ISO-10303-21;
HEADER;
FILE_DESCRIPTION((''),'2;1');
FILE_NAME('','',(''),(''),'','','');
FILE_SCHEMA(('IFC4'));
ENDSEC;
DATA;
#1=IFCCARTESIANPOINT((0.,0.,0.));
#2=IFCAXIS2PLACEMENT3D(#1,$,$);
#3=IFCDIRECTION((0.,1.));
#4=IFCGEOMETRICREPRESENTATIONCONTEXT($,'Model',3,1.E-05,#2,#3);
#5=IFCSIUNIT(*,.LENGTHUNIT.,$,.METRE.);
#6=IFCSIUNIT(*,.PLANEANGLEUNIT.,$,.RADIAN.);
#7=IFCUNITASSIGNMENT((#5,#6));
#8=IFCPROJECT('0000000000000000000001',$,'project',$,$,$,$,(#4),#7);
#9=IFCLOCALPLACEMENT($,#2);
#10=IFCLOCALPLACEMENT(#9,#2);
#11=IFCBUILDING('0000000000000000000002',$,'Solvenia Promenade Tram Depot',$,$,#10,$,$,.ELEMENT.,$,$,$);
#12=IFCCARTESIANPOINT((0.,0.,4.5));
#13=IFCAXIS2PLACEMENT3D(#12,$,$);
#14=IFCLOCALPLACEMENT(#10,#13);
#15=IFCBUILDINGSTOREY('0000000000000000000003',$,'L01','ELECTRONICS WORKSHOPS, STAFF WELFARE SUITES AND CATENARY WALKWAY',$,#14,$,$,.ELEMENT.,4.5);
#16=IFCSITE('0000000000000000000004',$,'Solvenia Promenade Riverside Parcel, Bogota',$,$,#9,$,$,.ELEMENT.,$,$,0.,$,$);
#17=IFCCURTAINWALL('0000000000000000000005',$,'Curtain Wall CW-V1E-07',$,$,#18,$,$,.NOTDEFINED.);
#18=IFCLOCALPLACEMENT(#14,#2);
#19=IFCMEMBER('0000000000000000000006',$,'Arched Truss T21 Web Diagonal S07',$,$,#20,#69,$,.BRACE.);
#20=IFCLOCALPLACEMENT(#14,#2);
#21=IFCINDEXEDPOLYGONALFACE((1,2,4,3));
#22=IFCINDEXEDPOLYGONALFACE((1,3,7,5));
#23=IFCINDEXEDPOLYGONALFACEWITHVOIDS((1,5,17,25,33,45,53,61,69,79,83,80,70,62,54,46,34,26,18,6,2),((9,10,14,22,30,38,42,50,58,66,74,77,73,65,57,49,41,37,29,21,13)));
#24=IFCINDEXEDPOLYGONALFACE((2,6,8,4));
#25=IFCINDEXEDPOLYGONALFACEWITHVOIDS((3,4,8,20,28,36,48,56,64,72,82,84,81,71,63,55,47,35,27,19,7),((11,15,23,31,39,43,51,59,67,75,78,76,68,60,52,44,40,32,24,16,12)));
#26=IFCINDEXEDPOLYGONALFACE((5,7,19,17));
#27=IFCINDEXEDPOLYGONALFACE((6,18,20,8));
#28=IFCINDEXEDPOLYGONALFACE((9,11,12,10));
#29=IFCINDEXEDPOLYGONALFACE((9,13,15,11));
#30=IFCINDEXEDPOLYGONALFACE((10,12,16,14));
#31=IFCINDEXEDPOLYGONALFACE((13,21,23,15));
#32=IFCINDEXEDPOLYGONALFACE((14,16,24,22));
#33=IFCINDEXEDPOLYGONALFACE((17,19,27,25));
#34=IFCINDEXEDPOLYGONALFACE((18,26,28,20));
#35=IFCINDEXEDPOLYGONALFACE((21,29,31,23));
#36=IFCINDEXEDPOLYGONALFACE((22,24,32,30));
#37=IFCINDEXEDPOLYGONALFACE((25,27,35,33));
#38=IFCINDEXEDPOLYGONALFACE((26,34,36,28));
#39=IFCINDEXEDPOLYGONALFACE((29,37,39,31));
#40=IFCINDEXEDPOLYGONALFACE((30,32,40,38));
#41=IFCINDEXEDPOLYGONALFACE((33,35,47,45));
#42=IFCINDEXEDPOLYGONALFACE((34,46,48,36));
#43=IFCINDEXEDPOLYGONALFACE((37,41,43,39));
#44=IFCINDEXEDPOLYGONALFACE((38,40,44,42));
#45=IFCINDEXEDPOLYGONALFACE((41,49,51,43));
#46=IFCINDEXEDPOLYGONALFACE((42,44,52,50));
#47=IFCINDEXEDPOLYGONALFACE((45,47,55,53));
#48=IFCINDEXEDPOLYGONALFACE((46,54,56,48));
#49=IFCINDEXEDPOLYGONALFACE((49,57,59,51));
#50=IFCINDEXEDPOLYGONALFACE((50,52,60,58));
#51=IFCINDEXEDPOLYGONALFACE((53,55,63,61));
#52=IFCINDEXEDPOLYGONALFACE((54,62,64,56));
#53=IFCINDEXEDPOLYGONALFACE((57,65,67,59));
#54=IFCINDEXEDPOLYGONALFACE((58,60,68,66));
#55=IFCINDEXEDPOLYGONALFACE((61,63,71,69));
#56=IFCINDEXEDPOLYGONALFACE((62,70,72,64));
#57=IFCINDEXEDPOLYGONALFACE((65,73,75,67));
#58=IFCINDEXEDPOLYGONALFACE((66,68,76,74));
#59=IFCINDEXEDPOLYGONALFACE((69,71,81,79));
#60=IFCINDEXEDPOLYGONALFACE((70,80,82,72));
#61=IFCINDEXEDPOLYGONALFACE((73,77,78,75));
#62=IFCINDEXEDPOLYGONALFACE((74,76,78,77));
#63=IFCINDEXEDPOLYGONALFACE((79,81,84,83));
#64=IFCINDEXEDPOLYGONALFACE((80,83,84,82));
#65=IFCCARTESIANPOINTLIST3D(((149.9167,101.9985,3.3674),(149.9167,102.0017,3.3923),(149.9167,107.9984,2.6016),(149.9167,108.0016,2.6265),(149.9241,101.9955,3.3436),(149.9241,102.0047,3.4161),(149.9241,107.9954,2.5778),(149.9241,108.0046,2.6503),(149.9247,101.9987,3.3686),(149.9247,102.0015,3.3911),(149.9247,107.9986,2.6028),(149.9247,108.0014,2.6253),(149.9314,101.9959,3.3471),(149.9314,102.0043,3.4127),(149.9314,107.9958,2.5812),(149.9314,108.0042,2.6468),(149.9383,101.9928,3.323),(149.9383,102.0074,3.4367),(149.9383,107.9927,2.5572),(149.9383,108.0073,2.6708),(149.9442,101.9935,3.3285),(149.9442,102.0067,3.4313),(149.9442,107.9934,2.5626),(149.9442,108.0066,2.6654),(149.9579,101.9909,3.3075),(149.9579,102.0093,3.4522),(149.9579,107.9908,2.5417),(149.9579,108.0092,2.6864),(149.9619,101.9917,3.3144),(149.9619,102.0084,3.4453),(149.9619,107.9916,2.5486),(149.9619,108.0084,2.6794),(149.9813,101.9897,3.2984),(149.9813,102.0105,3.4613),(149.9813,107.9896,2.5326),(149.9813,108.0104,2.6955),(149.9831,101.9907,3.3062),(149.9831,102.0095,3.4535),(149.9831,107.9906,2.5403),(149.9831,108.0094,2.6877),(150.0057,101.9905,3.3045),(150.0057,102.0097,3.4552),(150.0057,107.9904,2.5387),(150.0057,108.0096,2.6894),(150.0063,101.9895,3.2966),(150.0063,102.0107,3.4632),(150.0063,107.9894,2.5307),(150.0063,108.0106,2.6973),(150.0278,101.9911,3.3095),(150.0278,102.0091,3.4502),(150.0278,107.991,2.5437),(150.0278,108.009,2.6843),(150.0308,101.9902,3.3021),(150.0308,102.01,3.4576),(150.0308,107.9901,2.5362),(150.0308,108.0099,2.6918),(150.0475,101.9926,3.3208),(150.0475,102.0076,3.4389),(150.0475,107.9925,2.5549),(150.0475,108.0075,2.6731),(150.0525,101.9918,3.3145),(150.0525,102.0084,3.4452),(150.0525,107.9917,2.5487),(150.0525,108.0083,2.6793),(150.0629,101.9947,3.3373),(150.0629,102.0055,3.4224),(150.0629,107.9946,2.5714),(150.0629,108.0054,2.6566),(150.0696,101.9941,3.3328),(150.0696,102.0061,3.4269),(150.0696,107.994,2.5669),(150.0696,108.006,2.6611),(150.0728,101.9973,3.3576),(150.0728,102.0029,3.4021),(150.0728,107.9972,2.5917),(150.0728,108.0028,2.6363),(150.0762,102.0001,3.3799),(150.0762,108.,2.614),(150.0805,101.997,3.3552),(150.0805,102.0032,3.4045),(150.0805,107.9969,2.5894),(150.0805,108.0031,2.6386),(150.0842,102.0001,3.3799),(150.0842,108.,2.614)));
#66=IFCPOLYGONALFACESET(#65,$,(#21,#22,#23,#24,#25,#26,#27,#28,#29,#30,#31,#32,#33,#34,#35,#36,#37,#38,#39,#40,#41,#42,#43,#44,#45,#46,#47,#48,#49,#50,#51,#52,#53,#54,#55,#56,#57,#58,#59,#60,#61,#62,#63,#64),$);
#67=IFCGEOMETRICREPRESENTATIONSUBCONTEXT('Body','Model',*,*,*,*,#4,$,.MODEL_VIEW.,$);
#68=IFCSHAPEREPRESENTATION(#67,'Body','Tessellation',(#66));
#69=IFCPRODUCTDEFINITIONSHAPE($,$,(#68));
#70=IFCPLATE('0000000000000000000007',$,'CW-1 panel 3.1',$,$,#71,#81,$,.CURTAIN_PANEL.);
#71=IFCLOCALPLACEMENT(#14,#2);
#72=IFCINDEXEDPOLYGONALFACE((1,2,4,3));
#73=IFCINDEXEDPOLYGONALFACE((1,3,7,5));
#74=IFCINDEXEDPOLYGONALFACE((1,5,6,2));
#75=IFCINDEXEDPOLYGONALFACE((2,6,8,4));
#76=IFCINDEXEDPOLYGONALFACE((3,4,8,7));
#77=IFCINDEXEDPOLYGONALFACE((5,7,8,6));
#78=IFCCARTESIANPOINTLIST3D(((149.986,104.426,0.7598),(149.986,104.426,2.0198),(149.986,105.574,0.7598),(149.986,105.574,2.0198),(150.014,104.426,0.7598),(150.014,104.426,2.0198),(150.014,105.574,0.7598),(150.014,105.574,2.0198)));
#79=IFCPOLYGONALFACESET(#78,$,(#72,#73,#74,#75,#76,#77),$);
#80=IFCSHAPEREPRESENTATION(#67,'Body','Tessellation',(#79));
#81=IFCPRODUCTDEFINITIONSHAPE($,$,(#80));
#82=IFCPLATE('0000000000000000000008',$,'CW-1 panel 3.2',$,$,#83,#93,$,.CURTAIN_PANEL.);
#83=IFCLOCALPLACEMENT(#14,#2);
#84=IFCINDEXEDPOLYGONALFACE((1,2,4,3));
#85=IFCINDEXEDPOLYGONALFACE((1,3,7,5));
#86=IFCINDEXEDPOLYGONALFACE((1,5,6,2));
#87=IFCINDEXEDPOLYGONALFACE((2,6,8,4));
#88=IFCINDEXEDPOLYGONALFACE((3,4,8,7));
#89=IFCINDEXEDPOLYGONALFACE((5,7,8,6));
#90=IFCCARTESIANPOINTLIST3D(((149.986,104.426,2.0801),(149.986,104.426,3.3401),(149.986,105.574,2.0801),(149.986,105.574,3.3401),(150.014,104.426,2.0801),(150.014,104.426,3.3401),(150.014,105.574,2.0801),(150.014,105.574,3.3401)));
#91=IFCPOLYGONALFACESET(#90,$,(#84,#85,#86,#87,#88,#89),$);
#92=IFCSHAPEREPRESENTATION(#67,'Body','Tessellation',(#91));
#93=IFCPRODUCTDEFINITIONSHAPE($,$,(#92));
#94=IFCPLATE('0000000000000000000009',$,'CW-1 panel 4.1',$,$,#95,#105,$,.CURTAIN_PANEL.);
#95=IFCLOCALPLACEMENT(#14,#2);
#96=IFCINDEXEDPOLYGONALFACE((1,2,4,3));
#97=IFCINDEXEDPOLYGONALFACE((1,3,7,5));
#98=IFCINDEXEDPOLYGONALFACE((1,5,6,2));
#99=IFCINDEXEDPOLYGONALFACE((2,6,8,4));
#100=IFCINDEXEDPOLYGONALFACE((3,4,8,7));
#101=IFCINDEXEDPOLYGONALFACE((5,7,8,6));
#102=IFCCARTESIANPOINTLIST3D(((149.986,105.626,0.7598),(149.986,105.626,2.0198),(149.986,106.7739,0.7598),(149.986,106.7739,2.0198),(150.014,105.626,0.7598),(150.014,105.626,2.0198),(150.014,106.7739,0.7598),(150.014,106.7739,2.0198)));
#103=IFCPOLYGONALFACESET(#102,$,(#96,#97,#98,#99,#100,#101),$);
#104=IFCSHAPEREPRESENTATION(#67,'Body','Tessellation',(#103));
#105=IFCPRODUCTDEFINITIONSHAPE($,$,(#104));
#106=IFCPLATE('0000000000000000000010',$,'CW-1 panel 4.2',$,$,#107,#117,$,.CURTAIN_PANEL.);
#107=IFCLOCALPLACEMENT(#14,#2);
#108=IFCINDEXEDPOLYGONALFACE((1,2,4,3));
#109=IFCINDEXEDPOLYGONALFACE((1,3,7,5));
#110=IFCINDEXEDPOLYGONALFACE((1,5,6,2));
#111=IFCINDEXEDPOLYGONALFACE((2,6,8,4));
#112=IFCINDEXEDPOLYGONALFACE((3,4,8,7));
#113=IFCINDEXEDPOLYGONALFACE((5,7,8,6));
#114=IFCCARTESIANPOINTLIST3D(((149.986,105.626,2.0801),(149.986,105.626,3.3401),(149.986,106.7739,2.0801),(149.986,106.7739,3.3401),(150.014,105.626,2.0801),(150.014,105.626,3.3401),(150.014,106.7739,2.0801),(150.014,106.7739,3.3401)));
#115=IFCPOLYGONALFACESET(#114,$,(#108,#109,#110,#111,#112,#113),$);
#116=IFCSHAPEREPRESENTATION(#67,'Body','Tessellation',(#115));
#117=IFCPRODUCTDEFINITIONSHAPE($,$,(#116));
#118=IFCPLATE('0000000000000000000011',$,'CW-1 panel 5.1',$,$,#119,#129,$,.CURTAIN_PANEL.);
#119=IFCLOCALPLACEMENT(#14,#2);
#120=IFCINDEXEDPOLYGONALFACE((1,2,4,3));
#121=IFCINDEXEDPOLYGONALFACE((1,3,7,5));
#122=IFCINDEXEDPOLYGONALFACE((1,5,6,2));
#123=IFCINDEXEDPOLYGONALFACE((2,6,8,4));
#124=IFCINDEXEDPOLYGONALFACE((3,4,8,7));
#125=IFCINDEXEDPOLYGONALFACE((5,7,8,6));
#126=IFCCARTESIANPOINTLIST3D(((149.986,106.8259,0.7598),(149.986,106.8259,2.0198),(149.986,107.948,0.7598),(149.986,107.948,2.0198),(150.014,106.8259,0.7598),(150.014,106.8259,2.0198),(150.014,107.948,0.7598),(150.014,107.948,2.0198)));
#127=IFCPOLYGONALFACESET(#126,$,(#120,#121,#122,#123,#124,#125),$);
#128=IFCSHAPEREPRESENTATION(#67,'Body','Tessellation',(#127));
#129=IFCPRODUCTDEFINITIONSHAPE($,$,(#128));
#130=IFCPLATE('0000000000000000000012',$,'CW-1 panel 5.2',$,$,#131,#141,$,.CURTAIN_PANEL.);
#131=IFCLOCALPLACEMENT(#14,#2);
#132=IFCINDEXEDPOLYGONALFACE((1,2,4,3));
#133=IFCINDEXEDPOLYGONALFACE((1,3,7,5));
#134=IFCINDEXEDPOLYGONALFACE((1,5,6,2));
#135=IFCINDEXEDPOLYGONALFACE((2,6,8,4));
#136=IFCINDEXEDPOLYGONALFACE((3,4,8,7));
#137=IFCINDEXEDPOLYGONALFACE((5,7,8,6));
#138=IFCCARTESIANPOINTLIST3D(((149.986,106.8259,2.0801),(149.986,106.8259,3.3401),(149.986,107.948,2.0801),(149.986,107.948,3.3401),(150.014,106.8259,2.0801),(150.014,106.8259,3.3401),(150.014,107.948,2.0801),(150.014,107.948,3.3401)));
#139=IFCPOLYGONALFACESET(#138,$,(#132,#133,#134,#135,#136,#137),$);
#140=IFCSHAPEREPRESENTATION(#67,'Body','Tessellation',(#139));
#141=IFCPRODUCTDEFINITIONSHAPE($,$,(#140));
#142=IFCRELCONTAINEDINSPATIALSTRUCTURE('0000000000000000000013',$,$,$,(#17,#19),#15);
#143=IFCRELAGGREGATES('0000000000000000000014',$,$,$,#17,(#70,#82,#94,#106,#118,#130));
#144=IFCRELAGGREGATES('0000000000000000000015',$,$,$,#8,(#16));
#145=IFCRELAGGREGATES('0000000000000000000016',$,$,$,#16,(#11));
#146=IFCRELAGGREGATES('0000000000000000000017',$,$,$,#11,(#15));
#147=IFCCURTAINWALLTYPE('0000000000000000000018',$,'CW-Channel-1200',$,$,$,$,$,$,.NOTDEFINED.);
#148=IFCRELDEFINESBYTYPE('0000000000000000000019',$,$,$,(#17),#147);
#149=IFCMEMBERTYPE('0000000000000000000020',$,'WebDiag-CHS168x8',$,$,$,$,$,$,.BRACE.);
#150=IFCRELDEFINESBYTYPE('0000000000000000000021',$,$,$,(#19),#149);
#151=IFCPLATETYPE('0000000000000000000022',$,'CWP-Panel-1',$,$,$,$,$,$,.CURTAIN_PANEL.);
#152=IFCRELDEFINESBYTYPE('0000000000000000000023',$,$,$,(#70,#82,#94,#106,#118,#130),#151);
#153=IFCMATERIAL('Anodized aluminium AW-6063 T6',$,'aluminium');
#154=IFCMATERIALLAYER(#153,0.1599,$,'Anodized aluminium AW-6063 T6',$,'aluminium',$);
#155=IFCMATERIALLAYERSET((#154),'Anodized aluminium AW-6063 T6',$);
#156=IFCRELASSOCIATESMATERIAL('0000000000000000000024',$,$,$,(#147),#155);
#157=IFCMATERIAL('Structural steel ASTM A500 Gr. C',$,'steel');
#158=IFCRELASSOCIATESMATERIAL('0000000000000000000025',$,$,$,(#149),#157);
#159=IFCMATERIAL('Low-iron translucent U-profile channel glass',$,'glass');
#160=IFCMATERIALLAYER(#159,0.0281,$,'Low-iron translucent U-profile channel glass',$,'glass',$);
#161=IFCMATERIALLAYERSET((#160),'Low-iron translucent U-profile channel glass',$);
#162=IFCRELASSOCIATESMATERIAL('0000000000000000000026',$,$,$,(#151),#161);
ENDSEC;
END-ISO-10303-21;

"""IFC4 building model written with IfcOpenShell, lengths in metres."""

from ifc_helpers import new_model, si_unit, direction, frame, origin, origin_2d, place, context, subcontext, project, spatial, rectangle, hollow_circle, extrude, material, layer, layer_set, material_profile, profile_set, type_object, element, aggregate, save


model = new_model("IFC4")

# Units and contexts
model_context = context("Model", 3, precision=1e-05, world=origin(), true_north=direction((0.0, 1.0)))
body_context = subcontext(model_context, "Body", "Model", "MODEL_VIEW")
ifc_project = project(units=[si_unit("LENGTHUNIT", "METRE"), si_unit("PLANEANGLEUNIT", "RADIAN")], contexts=[model_context])

# Site, building, storey
site_placement = place(None, origin())
site = spatial("IfcSite", under=ifc_project, at=site_placement, Name="Solvenia Promenade Riverside Parcel, Bogota", CompositionType="ELEMENT", RefElevation=0.0)
building_placement = place(site_placement, origin())
building = spatial("IfcBuilding", under=site, at=building_placement, Name="Solvenia Promenade Tram Depot", CompositionType="ELEMENT")
storey_placement = place(building_placement, frame((0.0, 0.0, 4.5)))
storey = spatial("IfcBuildingStorey", under=building, at=storey_placement, Name="L01", Description="ELECTRONICS WORKSHOPS, STAFF WELFARE SUITES AND CATENARY WALKWAY", CompositionType="ELEMENT", Elevation=4.5)

# Curtain wall
ifc_material_1 = material(Name="Anodized aluminium AW-6063 T6", Category="aluminium")
ifc_layer_1 = layer(ifc_material_1, 0.1599, Name="Anodized aluminium AW-6063 T6", Category="aluminium")
ifc_layer_set_1 = layer_set([ifc_layer_1], Name="Anodized aluminium AW-6063 T6")
curtain_wall_type = type_object("IfcCurtainWallType", Name="CW-Channel-1200", PredefinedType="NOTDEFINED", material=ifc_layer_set_1)
curtain_wall_1_placement = place(storey_placement, origin())
curtain_wall_1 = element("IfcCurtainWall", 1, at=curtain_wall_1_placement, inside=storey, type_object=curtain_wall_type, Name="Curtain Wall CW-V1E-07", PredefinedType="NOTDEFINED")

# Member
ifc_material_2 = material(Name="Structural steel ASTM A500 Gr. C", Category="steel")
ifc_material_profile_1 = material_profile(ifc_material_2, hollow_circle(Radius=0.0842, WallThickness=0.0081, at=origin_2d()), Name="CHS168.3x8", Category="steel")
ifc_profile_set_1 = profile_set([ifc_material_profile_1], Name="Structural steel ASTM A500 Gr. C")
member_type_1 = type_object("IfcMemberType", Name="WebDiag-CHS168x8", PredefinedType="BRACE", material=ifc_profile_set_1)
member_1_placement = place(storey_placement, frame((150.0, 108.0, 2.614), z_axis=(0.0, -0.991952, 0.126618), x_axis=(1.0, 0.0, 0.0)))
element("IfcMember", 2, at=member_1_placement, inside=storey, type_object=member_type_1, Name="Arched Truss T21 Web Diagonal S07", PredefinedType="BRACE", context=body_context, shape_type="SweptSolid", body=[
    extrude(hollow_circle(Radius=0.0842, WallThickness=0.0081, at=origin_2d()), origin(), (0.0, 0.0, 1.0), 6.0486),
])

# Plates
ifc_material_3 = material(Name="Low-iron translucent U-profile channel glass", Category="glass")
ifc_layer_2 = layer(ifc_material_3, 0.0281, Name="Low-iron translucent U-profile channel glass", Category="glass")
ifc_layer_set_2 = layer_set([ifc_layer_2], Name="Low-iron translucent U-profile channel glass")
plate_type = type_object("IfcPlateType", Name="CWP-Panel-1", PredefinedType="CURTAIN_PANEL", material=ifc_layer_set_2)
plate_1_placement = place(storey_placement, frame((150.0, 105.0, 0.7598), z_axis=(0.0, 0.0, 1.0), x_axis=(0.0, 1.0, 0.0)))
plate_1 = element("IfcPlate", 3, at=plate_1_placement, type_object=plate_type, Name="CW-1 panel 3.1", PredefinedType="CURTAIN_PANEL", context=body_context, shape_type="SweptSolid", body=[
    extrude(rectangle(XDim=1.1479, YDim=0.0281, at=origin_2d()), origin(), (0.0, 0.0, 1.0), 1.26),
])
plate_2_placement = place(storey_placement, frame((150.0, 105.0, 2.0801), z_axis=(0.0, 0.0, 1.0), x_axis=(0.0, 1.0, 0.0)))
plate_2 = element("IfcPlate", 4, at=plate_2_placement, type_object=plate_type, Name="CW-1 panel 3.2", PredefinedType="CURTAIN_PANEL", context=body_context, shape_type="SweptSolid", body=[
    extrude(rectangle(XDim=1.1479, YDim=0.0281, at=origin_2d()), origin(), (0.0, 0.0, 1.0), 1.26),
])
plate_3_placement = place(storey_placement, frame((150.0, 106.2, 0.7598), z_axis=(0.0, 0.0, 1.0), x_axis=(0.0, 1.0, 0.0)))
plate_3 = element("IfcPlate", 5, at=plate_3_placement, type_object=plate_type, Name="CW-1 panel 4.1", PredefinedType="CURTAIN_PANEL", context=body_context, shape_type="SweptSolid", body=[
    extrude(rectangle(XDim=1.1479, YDim=0.0281, at=origin_2d()), origin(), (0.0, 0.0, 1.0), 1.26),
])
plate_4_placement = place(storey_placement, frame((150.0, 106.2, 2.0801), z_axis=(0.0, 0.0, 1.0), x_axis=(0.0, 1.0, 0.0)))
plate_4 = element("IfcPlate", 6, at=plate_4_placement, type_object=plate_type, Name="CW-1 panel 4.2", PredefinedType="CURTAIN_PANEL", context=body_context, shape_type="SweptSolid", body=[
    extrude(rectangle(XDim=1.1479, YDim=0.0281, at=origin_2d()), origin(), (0.0, 0.0, 1.0), 1.26),
])
plate_5_placement = place(storey_placement, frame((150.0, 107.387, 0.7598), z_axis=(0.0, 0.0, 1.0), x_axis=(0.0, 1.0, 0.0)))
plate_5 = element("IfcPlate", 7, at=plate_5_placement, type_object=plate_type, Name="CW-1 panel 5.1", PredefinedType="CURTAIN_PANEL", context=body_context, shape_type="SweptSolid", body=[
    extrude(rectangle(XDim=1.1221, YDim=0.0281, at=origin_2d()), origin(), (0.0, 0.0, 1.0), 1.26),
])
plate_6_placement = place(storey_placement, frame((150.0, 107.387, 2.0801), z_axis=(0.0, 0.0, 1.0), x_axis=(0.0, 1.0, 0.0)))
plate_6 = element("IfcPlate", 8, at=plate_6_placement, type_object=plate_type, Name="CW-1 panel 5.2", PredefinedType="CURTAIN_PANEL", context=body_context, shape_type="SweptSolid", body=[
    extrude(rectangle(XDim=1.1221, YDim=0.0281, at=origin_2d()), origin(), (0.0, 0.0, 1.0), 1.26),
])
aggregate(curtain_wall_1, [plate_1, plate_2, plate_3, plate_4, plate_5, plate_6])

save(model, "model.ifc")
